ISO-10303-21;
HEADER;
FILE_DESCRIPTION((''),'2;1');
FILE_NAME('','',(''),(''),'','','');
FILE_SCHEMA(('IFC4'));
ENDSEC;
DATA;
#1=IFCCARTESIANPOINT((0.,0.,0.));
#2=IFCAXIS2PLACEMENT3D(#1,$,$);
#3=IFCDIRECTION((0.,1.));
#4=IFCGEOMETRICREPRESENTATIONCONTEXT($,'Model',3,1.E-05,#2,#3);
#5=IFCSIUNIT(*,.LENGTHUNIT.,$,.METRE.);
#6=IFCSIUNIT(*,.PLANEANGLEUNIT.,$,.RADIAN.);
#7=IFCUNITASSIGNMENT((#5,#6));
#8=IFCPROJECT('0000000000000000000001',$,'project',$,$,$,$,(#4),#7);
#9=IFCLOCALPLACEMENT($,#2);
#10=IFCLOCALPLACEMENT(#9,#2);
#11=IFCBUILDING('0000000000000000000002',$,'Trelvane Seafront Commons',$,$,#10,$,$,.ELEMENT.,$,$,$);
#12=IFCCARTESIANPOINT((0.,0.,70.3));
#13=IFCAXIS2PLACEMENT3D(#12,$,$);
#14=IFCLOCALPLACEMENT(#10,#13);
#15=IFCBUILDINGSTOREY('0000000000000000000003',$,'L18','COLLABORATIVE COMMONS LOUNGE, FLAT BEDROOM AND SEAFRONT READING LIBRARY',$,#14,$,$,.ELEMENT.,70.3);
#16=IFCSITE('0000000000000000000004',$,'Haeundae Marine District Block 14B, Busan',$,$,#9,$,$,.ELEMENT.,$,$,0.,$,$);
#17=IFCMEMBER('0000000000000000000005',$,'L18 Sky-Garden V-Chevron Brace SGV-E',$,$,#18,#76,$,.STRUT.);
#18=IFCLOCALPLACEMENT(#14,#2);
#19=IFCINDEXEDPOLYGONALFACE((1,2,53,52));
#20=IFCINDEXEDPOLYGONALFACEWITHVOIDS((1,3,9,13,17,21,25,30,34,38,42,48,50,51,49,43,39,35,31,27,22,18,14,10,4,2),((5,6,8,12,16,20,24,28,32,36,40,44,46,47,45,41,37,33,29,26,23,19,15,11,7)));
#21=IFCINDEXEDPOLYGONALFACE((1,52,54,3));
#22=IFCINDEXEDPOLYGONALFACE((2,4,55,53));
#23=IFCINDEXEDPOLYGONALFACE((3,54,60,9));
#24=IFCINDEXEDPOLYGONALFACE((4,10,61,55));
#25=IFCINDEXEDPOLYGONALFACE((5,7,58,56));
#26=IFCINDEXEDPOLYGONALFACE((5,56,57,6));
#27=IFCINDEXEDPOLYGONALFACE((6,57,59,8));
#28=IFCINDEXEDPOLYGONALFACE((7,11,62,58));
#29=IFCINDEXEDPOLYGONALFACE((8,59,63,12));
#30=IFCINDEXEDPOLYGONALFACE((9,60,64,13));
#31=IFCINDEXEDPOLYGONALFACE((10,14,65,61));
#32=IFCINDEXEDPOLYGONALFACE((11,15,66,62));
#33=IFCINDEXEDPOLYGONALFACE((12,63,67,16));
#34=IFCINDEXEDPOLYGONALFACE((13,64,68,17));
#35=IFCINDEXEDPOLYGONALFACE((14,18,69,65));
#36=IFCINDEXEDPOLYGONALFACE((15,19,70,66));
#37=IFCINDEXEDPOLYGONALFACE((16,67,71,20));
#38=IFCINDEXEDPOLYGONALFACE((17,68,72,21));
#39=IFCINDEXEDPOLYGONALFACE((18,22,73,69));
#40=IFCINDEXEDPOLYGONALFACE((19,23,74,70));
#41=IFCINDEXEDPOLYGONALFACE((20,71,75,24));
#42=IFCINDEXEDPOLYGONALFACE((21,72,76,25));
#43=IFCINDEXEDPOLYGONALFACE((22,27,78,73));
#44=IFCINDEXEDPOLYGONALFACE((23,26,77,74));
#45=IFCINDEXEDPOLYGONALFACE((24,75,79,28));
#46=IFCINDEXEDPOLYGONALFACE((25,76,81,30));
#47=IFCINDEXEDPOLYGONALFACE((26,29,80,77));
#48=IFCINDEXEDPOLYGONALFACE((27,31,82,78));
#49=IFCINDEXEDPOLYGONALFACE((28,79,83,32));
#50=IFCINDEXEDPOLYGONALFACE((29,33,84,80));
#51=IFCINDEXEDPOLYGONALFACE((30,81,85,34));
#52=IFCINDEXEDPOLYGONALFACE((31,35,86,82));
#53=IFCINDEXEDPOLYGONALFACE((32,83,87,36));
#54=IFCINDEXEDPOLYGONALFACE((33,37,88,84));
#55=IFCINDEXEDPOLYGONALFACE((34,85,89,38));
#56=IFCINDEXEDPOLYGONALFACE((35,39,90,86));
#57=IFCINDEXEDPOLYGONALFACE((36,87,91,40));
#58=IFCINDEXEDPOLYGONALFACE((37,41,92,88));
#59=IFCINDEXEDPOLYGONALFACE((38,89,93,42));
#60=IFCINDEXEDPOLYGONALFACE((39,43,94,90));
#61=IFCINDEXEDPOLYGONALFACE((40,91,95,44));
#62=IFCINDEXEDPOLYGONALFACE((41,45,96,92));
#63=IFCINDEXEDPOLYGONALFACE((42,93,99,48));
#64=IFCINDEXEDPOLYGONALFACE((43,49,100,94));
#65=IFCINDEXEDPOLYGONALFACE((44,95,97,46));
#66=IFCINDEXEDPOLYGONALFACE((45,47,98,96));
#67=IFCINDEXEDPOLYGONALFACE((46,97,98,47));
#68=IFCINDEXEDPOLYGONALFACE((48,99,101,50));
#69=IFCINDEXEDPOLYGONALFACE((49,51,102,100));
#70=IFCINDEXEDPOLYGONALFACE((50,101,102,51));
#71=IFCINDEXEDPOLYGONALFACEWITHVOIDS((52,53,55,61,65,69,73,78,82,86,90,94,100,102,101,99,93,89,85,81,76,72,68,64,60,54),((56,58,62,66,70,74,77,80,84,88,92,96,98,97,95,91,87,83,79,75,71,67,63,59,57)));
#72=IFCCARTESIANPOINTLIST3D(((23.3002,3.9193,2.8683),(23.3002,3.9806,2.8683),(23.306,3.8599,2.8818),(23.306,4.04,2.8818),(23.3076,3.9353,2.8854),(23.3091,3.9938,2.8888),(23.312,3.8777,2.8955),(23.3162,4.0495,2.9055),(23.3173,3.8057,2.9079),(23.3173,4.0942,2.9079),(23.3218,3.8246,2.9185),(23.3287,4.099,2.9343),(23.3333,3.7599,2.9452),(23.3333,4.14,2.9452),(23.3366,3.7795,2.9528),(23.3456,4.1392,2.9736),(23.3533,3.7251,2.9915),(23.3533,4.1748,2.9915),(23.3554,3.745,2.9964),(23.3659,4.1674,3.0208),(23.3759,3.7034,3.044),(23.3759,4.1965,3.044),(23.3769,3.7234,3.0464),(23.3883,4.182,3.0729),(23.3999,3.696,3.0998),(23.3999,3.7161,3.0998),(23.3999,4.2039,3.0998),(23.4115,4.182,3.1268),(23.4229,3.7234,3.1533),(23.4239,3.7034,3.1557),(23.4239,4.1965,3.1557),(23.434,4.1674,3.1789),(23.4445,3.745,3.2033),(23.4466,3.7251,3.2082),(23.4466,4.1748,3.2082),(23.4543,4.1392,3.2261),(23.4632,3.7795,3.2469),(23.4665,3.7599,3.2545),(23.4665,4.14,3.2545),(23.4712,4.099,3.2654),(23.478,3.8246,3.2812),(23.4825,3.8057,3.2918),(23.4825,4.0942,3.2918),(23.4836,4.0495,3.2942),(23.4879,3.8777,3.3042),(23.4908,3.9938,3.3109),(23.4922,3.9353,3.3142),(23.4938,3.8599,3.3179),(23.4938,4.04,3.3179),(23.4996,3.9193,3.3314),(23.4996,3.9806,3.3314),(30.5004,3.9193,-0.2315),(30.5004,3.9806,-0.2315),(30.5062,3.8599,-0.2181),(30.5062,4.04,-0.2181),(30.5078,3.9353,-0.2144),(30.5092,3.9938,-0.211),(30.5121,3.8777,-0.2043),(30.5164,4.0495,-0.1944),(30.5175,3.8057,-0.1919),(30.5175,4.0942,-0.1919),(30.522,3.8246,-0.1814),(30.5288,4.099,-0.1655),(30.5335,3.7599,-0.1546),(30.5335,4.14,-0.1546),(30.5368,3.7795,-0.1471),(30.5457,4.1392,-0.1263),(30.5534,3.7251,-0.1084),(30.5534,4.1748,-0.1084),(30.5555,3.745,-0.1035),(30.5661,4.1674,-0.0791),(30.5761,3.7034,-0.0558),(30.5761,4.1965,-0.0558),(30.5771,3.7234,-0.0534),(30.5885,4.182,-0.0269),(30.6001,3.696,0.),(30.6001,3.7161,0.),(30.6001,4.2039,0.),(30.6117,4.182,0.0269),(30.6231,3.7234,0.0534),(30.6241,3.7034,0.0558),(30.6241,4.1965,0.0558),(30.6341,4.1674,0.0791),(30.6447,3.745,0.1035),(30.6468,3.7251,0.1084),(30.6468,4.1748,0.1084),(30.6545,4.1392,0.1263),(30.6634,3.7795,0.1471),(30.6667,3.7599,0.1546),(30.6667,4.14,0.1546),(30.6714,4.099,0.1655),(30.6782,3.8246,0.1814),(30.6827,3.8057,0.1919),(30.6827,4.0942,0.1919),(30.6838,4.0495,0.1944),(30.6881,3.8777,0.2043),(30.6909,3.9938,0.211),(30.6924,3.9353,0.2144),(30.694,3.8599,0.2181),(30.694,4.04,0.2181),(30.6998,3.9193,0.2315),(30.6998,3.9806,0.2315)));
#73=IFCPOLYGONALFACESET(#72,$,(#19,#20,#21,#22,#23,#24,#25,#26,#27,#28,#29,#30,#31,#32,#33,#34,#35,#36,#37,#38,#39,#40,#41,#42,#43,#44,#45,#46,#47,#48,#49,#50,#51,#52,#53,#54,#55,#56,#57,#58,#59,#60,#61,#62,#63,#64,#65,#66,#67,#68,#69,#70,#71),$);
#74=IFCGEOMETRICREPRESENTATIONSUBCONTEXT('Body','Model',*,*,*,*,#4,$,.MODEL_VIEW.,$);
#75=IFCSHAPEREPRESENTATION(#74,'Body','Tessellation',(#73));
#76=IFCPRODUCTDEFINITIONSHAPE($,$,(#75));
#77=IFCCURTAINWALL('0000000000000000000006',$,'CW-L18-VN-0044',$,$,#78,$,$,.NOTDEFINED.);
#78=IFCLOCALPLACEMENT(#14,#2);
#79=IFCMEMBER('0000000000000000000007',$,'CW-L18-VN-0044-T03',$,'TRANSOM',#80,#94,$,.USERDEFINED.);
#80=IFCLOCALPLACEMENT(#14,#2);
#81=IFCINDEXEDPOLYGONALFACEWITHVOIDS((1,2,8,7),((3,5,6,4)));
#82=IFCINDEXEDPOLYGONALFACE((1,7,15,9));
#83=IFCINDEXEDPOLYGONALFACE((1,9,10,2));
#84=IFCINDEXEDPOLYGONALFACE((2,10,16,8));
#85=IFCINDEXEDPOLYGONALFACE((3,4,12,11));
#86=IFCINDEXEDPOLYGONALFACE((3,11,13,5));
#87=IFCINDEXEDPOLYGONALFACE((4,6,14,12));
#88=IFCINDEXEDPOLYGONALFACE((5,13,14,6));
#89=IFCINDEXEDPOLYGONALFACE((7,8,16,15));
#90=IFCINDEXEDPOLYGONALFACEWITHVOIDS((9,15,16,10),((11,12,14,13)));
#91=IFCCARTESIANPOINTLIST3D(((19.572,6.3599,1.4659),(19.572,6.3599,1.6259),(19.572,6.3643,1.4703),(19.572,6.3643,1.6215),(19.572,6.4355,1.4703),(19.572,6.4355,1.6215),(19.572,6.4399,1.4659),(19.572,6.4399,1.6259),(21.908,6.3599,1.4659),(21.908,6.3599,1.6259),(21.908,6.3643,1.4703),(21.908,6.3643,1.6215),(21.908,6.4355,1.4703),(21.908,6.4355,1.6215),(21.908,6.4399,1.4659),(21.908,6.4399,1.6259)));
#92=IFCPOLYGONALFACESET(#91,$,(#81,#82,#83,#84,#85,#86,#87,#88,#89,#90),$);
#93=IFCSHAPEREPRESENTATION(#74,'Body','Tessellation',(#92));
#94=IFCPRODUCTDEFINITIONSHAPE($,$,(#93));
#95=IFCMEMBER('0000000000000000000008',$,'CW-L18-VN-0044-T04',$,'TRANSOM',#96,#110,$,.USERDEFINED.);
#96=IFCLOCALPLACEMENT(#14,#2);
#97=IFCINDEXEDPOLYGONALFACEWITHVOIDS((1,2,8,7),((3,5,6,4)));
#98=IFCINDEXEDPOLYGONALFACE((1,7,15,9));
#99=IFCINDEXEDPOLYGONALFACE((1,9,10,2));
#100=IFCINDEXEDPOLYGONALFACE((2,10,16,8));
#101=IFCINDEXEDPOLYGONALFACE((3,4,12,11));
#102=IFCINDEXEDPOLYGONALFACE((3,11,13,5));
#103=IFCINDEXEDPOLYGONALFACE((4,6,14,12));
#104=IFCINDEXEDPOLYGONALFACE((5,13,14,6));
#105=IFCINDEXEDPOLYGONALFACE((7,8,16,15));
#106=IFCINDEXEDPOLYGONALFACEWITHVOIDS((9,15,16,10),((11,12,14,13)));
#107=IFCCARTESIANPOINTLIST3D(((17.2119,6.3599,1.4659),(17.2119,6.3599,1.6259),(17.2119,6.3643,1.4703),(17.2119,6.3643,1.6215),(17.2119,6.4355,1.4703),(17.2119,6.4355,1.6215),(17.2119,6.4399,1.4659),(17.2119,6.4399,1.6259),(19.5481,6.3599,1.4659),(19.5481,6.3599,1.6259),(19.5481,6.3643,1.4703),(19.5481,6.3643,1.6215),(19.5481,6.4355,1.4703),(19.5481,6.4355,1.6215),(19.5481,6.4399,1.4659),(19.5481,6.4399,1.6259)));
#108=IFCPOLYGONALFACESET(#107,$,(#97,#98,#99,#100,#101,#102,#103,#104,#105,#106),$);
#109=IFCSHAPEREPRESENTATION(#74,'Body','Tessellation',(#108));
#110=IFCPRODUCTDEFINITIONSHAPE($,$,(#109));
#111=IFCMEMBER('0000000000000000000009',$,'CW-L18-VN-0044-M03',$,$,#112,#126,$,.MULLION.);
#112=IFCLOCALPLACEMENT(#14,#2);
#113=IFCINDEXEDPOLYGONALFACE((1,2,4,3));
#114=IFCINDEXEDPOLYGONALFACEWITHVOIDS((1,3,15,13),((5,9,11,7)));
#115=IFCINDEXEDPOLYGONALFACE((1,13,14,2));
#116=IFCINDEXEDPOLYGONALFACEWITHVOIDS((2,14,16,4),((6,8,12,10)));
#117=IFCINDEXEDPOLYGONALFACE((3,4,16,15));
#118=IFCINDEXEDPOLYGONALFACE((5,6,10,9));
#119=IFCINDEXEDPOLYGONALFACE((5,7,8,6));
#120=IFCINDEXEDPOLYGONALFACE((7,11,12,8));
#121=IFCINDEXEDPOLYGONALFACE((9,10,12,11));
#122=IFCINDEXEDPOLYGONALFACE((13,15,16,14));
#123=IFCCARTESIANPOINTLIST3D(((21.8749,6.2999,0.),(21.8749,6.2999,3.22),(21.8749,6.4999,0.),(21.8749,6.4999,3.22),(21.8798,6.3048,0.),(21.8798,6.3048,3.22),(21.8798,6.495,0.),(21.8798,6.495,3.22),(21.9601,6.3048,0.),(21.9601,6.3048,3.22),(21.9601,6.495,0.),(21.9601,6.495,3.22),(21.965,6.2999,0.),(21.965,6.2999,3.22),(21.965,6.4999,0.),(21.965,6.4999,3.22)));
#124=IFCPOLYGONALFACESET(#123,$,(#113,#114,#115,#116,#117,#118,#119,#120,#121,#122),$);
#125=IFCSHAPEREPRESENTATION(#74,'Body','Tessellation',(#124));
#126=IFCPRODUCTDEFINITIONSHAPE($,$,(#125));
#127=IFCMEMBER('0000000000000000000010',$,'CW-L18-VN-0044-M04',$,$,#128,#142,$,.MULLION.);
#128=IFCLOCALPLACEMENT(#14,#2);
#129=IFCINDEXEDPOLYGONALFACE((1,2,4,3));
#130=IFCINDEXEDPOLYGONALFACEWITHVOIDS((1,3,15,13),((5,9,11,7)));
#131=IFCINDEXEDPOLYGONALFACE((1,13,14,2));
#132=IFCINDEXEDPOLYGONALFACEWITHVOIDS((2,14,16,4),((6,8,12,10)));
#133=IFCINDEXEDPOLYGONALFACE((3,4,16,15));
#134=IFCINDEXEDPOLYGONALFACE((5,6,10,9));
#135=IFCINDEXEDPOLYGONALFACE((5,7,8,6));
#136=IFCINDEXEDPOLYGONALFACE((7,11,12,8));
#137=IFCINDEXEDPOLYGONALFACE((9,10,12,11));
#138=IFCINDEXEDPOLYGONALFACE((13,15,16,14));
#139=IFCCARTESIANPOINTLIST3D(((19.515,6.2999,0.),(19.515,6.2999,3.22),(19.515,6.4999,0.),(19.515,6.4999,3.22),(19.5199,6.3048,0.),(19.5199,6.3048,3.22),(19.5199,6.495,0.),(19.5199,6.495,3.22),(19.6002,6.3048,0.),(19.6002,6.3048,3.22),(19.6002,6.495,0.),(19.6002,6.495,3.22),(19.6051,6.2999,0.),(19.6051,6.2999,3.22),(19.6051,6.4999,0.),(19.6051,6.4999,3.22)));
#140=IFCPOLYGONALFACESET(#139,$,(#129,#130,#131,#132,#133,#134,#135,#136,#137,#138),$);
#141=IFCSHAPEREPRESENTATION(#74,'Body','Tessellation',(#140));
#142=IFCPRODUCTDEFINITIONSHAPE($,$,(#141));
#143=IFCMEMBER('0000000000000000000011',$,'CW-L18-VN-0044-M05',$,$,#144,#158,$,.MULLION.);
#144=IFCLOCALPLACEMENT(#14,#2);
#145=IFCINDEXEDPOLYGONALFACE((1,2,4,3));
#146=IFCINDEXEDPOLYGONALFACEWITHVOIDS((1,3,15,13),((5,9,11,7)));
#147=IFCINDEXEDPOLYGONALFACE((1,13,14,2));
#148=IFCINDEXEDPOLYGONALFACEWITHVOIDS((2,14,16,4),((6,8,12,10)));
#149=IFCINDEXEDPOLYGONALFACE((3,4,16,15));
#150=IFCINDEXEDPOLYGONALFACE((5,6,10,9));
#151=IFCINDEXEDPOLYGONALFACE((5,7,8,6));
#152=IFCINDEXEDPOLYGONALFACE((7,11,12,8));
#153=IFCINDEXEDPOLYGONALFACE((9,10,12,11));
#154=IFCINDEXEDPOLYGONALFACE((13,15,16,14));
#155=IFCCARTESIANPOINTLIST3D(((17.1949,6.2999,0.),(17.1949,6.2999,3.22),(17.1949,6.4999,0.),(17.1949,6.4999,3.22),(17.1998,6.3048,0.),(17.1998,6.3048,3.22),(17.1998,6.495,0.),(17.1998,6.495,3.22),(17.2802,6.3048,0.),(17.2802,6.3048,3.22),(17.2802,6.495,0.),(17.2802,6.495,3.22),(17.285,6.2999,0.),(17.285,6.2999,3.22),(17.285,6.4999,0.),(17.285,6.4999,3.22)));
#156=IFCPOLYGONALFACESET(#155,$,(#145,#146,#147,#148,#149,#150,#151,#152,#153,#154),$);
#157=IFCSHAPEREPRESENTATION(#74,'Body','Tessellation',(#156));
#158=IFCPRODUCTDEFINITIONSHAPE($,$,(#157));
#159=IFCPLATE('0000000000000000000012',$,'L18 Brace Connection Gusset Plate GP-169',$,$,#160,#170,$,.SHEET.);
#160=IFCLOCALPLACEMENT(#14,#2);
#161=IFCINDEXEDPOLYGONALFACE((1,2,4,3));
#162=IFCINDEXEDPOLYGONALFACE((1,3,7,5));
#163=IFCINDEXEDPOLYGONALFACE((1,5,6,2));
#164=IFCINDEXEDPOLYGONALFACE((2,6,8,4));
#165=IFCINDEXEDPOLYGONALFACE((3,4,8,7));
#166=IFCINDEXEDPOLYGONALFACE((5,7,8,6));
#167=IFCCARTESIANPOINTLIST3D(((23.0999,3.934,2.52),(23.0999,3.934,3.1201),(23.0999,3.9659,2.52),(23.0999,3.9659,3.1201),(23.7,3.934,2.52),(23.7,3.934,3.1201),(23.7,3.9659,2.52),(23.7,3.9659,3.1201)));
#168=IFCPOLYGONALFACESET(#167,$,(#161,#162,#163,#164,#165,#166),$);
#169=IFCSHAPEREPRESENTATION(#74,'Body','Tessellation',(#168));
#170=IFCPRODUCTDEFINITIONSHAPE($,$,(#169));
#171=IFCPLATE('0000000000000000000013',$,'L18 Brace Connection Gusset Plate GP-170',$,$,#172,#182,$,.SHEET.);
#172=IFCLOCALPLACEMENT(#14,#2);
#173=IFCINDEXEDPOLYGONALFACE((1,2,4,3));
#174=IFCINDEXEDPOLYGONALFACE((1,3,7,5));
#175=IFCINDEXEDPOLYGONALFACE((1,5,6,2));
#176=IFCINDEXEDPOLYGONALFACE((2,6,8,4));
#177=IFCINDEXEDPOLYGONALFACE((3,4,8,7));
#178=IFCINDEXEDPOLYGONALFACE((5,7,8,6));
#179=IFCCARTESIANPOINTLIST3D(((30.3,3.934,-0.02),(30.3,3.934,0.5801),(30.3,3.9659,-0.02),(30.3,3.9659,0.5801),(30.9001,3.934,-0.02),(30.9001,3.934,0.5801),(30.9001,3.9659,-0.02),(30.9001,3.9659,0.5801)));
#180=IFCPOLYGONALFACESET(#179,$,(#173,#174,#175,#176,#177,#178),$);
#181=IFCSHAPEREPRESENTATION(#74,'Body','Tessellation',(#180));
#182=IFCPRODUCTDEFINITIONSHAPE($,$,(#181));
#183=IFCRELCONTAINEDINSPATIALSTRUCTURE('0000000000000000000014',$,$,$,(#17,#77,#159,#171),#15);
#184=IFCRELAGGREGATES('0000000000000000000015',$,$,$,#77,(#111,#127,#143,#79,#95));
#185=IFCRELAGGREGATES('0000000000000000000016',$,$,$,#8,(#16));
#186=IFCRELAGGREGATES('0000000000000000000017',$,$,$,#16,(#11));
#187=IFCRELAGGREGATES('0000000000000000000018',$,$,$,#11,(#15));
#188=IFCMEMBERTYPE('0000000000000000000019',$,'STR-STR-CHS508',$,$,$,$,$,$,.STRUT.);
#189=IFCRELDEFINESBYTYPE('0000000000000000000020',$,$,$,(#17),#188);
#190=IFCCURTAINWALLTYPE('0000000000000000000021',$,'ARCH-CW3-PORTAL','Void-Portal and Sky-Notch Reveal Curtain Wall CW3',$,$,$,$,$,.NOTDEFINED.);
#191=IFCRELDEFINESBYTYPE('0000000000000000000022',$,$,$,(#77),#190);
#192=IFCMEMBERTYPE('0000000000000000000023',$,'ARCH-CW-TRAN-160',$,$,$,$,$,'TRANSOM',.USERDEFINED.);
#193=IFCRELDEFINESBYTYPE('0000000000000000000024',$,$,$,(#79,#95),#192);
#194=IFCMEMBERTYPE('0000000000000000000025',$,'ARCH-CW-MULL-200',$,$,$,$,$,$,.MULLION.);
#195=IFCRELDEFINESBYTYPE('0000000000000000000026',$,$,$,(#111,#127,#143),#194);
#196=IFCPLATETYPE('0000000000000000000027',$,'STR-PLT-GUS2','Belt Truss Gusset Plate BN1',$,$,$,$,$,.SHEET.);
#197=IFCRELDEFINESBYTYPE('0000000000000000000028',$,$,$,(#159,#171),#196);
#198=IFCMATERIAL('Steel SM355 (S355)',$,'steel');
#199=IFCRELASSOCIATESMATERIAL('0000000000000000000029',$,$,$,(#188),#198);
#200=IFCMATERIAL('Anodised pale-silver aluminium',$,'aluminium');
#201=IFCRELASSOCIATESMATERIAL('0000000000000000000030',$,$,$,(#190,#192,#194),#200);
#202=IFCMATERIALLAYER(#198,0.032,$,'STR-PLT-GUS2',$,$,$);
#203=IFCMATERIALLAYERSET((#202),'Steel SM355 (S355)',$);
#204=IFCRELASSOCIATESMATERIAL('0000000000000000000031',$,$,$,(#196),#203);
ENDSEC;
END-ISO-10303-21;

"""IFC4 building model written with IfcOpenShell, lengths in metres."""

from ifc_helpers import new_model, si_unit, direction, frame, origin, origin_2d, place, context, subcontext, project, spatial, rectangle, hollow_rectangle, hollow_circle, extrude, source, transform, mapped, material, layer, layer_set, material_profile, profile_set, type_object, element, aggregate, save


model = new_model("IFC4")

# Units and contexts
model_context = context("Model", 3, precision=1e-05, world=origin(), true_north=direction((0.0, 1.0)))
body_context = subcontext(model_context, "Body", "Model", "MODEL_VIEW")
ifc_project = project(units=[si_unit("LENGTHUNIT", "METRE"), si_unit("PLANEANGLEUNIT", "RADIAN")], contexts=[model_context])

# Site, building, storey
site_placement = place(None, origin())
site = spatial("IfcSite", under=ifc_project, at=site_placement, Name="Haeundae Marine District Block 14B, Busan", CompositionType="ELEMENT", RefElevation=0.0)
building_placement = place(site_placement, origin())
building = spatial("IfcBuilding", under=site, at=building_placement, Name="Trelvane Seafront Commons", CompositionType="ELEMENT")
storey_placement = place(building_placement, frame((0.0, 0.0, 70.3)))
storey = spatial("IfcBuildingStorey", under=building, at=storey_placement, Name="L18", Description="COLLABORATIVE COMMONS LOUNGE, FLAT BEDROOM AND SEAFRONT READING LIBRARY", CompositionType="ELEMENT", Elevation=70.3)

# Shared definitions
ifc_material_1 = material(Name="Steel SM355 (S355)", Category="steel")

# Member
ifc_material_profile_1 = material_profile(ifc_material_1, hollow_circle(Radius=0.2539, WallThickness=0.02, at=origin_2d()), Name="CHS-508x20")
ifc_profile_set_1 = profile_set([ifc_material_profile_1], Name="Steel SM355 (S355)")
member_type_1 = type_object("IfcMemberType", Name="STR-STR-CHS508", PredefinedType="STRUT", material=ifc_profile_set_1)
shared_shape_1 = source(origin(), body_context, "Body", "SweptSolid", [
    extrude(hollow_circle(Radius=0.2539, WallThickness=0.02, at=origin_2d()), origin(), (0.0, 0.0, 1.0), 7.8391),
])
member_1_placement = place(storey_placement, frame((30.6001, 3.95, 0.0), z_axis=(-0.918495, 0.0, 0.395434), x_axis=(0.0, -1.0, 0.0)))
element("IfcMember", 1, at=member_1_placement, inside=storey, type_object=member_type_1, Name="L18 Sky-Garden V-Chevron Brace SGV-E", PredefinedType="STRUT", context=body_context, shape_type="MappedRepresentation", body=[
    mapped(shared_shape_1, transform((0.0, 0.0, 0.0), x_axis=(1.0, 0.0, 0.0), y_axis=(0.0, 1.0, 0.0), z_axis=(0.0, 0.0, 1.0), scale=1.0)),
])

# Curtain wall, members
ifc_material_2 = material(Name="Anodised pale-silver aluminium", Category="aluminium")
curtain_wall_type = type_object("IfcCurtainWallType", Name="ARCH-CW3-PORTAL", Description="Void-Portal and Sky-Notch Reveal Curtain Wall CW3", PredefinedType="NOTDEFINED", material=ifc_material_2)
curtain_wall_placement = place(storey_placement, origin())
curtain_wall = element("IfcCurtainWall", 2, at=curtain_wall_placement, inside=storey, type_object=curtain_wall_type, Name="CW-L18-VN-0044", PredefinedType="NOTDEFINED")
ifc_material_profile_2 = material_profile(ifc_material_2, hollow_rectangle(XDim=0.0801, YDim=0.1599, WallThickness=0.0044, at=origin_2d()), Name="TRAN-80x160x4.5")
ifc_profile_set_2 = profile_set([ifc_material_profile_2], Name="Anodised pale-silver aluminium")
member_type_2 = type_object("IfcMemberType", Name="ARCH-CW-TRAN-160", ElementType="TRANSOM", PredefinedType="USERDEFINED", material=ifc_profile_set_2)
shared_shape_2 = source(origin(), body_context, "Body", "SweptSolid", [
    extrude(hollow_rectangle(XDim=0.0801, YDim=0.1599, WallThickness=0.0044, at=origin_2d()), origin(), (0.0, 0.0, 1.0), 2.3359),
])
member_2_placement = place(storey_placement, frame((21.908, 6.3999, 1.5459), z_axis=(-1.0, 0.0, 0.0), x_axis=(0.0, -1.0, 0.0)))
member_2 = element("IfcMember", 3, at=member_2_placement, type_object=member_type_2, Name="CW-L18-VN-0044-T03", ObjectType="TRANSOM", PredefinedType="USERDEFINED", context=body_context, shape_type="MappedRepresentation", body=[
    mapped(shared_shape_2, transform((0.0, 0.0, 0.0), x_axis=(1.0, 0.0, 0.0), y_axis=(0.0, 1.0, 0.0), z_axis=(0.0, 0.0, 1.0), scale=1.0)),
])
shared_shape_3 = source(origin(), body_context, "Body", "SweptSolid", [
    extrude(hollow_rectangle(XDim=0.0801, YDim=0.1599, WallThickness=0.0044, at=origin_2d()), origin(), (0.0, 0.0, 1.0), 2.3362),
])
member_3_placement = place(storey_placement, frame((19.5481, 6.3999, 1.5459), z_axis=(-1.0, 0.0, 0.0), x_axis=(0.0, -1.0, 0.0)))
member_3 = element("IfcMember", 4, at=member_3_placement, type_object=member_type_2, Name="CW-L18-VN-0044-T04", ObjectType="TRANSOM", PredefinedType="USERDEFINED", context=body_context, shape_type="MappedRepresentation", body=[
    mapped(shared_shape_3, transform((0.0, 0.0, 0.0), x_axis=(1.0, 0.0, 0.0), y_axis=(0.0, 1.0, 0.0), z_axis=(0.0, 0.0, 1.0), scale=1.0)),
])
ifc_material_profile_3 = material_profile(ifc_material_2, hollow_rectangle(XDim=0.0901, YDim=0.2, WallThickness=0.0049, at=origin_2d()), Name="MULL-90x200x5")
ifc_profile_set_3 = profile_set([ifc_material_profile_3], Name="Anodised pale-silver aluminium")
member_type_3 = type_object("IfcMemberType", Name="ARCH-CW-MULL-200", PredefinedType="MULLION", material=ifc_profile_set_3)
shared_shape_4 = source(origin(), body_context, "Body", "SweptSolid", [
    extrude(hollow_rectangle(XDim=0.0901, YDim=0.2, WallThickness=0.0049, at=origin_2d()), origin(), (0.0, 0.0, 1.0), 3.22),
])
member_4_placement = place(storey_placement, frame((21.9199, 6.3999, 0.0), z_axis=(0.0, 0.0, 1.0), x_axis=(1.0, 0.0, 0.0)))
member_4 = element("IfcMember", 5, at=member_4_placement, type_object=member_type_3, Name="CW-L18-VN-0044-M03", PredefinedType="MULLION", context=body_context, shape_type="MappedRepresentation", body=[
    mapped(shared_shape_4, transform((0.0, 0.0, 0.0), x_axis=(1.0, 0.0, 0.0), y_axis=(0.0, 1.0, 0.0), z_axis=(0.0, 0.0, 1.0), scale=1.0)),
])
member_5_placement = place(storey_placement, frame((19.5601, 6.3999, 0.0), z_axis=(0.0, 0.0, 1.0), x_axis=(1.0, 0.0, 0.0)))
member_5 = element("IfcMember", 6, at=member_5_placement, type_object=member_type_3, Name="CW-L18-VN-0044-M04", PredefinedType="MULLION", context=body_context, shape_type="MappedRepresentation", body=[
    mapped(shared_shape_4, transform((0.0, 0.0, 0.0), x_axis=(1.0, 0.0, 0.0), y_axis=(0.0, 1.0, 0.0), z_axis=(0.0, 0.0, 1.0), scale=1.0)),
])
member_6_placement = place(storey_placement, frame((17.24, 6.3999, 0.0), z_axis=(0.0, 0.0, 1.0), x_axis=(1.0, 0.0, 0.0)))
member_6 = element("IfcMember", 7, at=member_6_placement, type_object=member_type_3, Name="CW-L18-VN-0044-M05", PredefinedType="MULLION", context=body_context, shape_type="MappedRepresentation", body=[
    mapped(shared_shape_4, transform((0.0, 0.0, 0.0), x_axis=(1.0, 0.0, 0.0), y_axis=(0.0, 1.0, 0.0), z_axis=(0.0, 0.0, 1.0), scale=1.0)),
])

# Plates
ifc_layer_1 = layer(ifc_material_1, 0.032, Name="STR-PLT-GUS2")
ifc_layer_set_1 = layer_set([ifc_layer_1], Name="Steel SM355 (S355)")
plate_type_1 = type_object("IfcPlateType", Name="STR-PLT-GUS2", Description="Belt Truss Gusset Plate BN1", PredefinedType="SHEET", material=ifc_layer_set_1)
shared_shape_5 = source(origin(), body_context, "Body", "SweptSolid", [
    extrude(rectangle(XDim=0.6001, YDim=0.032, at=origin_2d()), origin(), (0.0, 0.0, 1.0), 0.6001),
])
for number, where, z_axis, x_axis, name in (
    (8, (23.3999, 3.95, 2.52), (0.0, 0.0, 1.0), (1.0, 0.0, 0.0), "L18 Brace Connection Gusset Plate GP-169"),
    (9, (30.6001, 3.95, -0.02), (0.0, 0.0, 1.0), (1.0, 0.0, 0.0), "L18 Brace Connection Gusset Plate GP-170"),
):
    element("IfcPlate", number, at=place(storey_placement, frame(where, z_axis=z_axis, x_axis=x_axis)), inside=storey, type_object=plate_type_1, Name=name, PredefinedType="SHEET", context=body_context, shape_type="MappedRepresentation", body=[
        mapped(shared_shape_5, transform((0.0, 0.0, 0.0), x_axis=(1.0, 0.0, 0.0), y_axis=(0.0, 1.0, 0.0), z_axis=(0.0, 0.0, 1.0), scale=1.0)),
    ])

aggregate(curtain_wall, [member_4, member_5, member_6, member_2, member_3])

save(model, "model.ifc")
